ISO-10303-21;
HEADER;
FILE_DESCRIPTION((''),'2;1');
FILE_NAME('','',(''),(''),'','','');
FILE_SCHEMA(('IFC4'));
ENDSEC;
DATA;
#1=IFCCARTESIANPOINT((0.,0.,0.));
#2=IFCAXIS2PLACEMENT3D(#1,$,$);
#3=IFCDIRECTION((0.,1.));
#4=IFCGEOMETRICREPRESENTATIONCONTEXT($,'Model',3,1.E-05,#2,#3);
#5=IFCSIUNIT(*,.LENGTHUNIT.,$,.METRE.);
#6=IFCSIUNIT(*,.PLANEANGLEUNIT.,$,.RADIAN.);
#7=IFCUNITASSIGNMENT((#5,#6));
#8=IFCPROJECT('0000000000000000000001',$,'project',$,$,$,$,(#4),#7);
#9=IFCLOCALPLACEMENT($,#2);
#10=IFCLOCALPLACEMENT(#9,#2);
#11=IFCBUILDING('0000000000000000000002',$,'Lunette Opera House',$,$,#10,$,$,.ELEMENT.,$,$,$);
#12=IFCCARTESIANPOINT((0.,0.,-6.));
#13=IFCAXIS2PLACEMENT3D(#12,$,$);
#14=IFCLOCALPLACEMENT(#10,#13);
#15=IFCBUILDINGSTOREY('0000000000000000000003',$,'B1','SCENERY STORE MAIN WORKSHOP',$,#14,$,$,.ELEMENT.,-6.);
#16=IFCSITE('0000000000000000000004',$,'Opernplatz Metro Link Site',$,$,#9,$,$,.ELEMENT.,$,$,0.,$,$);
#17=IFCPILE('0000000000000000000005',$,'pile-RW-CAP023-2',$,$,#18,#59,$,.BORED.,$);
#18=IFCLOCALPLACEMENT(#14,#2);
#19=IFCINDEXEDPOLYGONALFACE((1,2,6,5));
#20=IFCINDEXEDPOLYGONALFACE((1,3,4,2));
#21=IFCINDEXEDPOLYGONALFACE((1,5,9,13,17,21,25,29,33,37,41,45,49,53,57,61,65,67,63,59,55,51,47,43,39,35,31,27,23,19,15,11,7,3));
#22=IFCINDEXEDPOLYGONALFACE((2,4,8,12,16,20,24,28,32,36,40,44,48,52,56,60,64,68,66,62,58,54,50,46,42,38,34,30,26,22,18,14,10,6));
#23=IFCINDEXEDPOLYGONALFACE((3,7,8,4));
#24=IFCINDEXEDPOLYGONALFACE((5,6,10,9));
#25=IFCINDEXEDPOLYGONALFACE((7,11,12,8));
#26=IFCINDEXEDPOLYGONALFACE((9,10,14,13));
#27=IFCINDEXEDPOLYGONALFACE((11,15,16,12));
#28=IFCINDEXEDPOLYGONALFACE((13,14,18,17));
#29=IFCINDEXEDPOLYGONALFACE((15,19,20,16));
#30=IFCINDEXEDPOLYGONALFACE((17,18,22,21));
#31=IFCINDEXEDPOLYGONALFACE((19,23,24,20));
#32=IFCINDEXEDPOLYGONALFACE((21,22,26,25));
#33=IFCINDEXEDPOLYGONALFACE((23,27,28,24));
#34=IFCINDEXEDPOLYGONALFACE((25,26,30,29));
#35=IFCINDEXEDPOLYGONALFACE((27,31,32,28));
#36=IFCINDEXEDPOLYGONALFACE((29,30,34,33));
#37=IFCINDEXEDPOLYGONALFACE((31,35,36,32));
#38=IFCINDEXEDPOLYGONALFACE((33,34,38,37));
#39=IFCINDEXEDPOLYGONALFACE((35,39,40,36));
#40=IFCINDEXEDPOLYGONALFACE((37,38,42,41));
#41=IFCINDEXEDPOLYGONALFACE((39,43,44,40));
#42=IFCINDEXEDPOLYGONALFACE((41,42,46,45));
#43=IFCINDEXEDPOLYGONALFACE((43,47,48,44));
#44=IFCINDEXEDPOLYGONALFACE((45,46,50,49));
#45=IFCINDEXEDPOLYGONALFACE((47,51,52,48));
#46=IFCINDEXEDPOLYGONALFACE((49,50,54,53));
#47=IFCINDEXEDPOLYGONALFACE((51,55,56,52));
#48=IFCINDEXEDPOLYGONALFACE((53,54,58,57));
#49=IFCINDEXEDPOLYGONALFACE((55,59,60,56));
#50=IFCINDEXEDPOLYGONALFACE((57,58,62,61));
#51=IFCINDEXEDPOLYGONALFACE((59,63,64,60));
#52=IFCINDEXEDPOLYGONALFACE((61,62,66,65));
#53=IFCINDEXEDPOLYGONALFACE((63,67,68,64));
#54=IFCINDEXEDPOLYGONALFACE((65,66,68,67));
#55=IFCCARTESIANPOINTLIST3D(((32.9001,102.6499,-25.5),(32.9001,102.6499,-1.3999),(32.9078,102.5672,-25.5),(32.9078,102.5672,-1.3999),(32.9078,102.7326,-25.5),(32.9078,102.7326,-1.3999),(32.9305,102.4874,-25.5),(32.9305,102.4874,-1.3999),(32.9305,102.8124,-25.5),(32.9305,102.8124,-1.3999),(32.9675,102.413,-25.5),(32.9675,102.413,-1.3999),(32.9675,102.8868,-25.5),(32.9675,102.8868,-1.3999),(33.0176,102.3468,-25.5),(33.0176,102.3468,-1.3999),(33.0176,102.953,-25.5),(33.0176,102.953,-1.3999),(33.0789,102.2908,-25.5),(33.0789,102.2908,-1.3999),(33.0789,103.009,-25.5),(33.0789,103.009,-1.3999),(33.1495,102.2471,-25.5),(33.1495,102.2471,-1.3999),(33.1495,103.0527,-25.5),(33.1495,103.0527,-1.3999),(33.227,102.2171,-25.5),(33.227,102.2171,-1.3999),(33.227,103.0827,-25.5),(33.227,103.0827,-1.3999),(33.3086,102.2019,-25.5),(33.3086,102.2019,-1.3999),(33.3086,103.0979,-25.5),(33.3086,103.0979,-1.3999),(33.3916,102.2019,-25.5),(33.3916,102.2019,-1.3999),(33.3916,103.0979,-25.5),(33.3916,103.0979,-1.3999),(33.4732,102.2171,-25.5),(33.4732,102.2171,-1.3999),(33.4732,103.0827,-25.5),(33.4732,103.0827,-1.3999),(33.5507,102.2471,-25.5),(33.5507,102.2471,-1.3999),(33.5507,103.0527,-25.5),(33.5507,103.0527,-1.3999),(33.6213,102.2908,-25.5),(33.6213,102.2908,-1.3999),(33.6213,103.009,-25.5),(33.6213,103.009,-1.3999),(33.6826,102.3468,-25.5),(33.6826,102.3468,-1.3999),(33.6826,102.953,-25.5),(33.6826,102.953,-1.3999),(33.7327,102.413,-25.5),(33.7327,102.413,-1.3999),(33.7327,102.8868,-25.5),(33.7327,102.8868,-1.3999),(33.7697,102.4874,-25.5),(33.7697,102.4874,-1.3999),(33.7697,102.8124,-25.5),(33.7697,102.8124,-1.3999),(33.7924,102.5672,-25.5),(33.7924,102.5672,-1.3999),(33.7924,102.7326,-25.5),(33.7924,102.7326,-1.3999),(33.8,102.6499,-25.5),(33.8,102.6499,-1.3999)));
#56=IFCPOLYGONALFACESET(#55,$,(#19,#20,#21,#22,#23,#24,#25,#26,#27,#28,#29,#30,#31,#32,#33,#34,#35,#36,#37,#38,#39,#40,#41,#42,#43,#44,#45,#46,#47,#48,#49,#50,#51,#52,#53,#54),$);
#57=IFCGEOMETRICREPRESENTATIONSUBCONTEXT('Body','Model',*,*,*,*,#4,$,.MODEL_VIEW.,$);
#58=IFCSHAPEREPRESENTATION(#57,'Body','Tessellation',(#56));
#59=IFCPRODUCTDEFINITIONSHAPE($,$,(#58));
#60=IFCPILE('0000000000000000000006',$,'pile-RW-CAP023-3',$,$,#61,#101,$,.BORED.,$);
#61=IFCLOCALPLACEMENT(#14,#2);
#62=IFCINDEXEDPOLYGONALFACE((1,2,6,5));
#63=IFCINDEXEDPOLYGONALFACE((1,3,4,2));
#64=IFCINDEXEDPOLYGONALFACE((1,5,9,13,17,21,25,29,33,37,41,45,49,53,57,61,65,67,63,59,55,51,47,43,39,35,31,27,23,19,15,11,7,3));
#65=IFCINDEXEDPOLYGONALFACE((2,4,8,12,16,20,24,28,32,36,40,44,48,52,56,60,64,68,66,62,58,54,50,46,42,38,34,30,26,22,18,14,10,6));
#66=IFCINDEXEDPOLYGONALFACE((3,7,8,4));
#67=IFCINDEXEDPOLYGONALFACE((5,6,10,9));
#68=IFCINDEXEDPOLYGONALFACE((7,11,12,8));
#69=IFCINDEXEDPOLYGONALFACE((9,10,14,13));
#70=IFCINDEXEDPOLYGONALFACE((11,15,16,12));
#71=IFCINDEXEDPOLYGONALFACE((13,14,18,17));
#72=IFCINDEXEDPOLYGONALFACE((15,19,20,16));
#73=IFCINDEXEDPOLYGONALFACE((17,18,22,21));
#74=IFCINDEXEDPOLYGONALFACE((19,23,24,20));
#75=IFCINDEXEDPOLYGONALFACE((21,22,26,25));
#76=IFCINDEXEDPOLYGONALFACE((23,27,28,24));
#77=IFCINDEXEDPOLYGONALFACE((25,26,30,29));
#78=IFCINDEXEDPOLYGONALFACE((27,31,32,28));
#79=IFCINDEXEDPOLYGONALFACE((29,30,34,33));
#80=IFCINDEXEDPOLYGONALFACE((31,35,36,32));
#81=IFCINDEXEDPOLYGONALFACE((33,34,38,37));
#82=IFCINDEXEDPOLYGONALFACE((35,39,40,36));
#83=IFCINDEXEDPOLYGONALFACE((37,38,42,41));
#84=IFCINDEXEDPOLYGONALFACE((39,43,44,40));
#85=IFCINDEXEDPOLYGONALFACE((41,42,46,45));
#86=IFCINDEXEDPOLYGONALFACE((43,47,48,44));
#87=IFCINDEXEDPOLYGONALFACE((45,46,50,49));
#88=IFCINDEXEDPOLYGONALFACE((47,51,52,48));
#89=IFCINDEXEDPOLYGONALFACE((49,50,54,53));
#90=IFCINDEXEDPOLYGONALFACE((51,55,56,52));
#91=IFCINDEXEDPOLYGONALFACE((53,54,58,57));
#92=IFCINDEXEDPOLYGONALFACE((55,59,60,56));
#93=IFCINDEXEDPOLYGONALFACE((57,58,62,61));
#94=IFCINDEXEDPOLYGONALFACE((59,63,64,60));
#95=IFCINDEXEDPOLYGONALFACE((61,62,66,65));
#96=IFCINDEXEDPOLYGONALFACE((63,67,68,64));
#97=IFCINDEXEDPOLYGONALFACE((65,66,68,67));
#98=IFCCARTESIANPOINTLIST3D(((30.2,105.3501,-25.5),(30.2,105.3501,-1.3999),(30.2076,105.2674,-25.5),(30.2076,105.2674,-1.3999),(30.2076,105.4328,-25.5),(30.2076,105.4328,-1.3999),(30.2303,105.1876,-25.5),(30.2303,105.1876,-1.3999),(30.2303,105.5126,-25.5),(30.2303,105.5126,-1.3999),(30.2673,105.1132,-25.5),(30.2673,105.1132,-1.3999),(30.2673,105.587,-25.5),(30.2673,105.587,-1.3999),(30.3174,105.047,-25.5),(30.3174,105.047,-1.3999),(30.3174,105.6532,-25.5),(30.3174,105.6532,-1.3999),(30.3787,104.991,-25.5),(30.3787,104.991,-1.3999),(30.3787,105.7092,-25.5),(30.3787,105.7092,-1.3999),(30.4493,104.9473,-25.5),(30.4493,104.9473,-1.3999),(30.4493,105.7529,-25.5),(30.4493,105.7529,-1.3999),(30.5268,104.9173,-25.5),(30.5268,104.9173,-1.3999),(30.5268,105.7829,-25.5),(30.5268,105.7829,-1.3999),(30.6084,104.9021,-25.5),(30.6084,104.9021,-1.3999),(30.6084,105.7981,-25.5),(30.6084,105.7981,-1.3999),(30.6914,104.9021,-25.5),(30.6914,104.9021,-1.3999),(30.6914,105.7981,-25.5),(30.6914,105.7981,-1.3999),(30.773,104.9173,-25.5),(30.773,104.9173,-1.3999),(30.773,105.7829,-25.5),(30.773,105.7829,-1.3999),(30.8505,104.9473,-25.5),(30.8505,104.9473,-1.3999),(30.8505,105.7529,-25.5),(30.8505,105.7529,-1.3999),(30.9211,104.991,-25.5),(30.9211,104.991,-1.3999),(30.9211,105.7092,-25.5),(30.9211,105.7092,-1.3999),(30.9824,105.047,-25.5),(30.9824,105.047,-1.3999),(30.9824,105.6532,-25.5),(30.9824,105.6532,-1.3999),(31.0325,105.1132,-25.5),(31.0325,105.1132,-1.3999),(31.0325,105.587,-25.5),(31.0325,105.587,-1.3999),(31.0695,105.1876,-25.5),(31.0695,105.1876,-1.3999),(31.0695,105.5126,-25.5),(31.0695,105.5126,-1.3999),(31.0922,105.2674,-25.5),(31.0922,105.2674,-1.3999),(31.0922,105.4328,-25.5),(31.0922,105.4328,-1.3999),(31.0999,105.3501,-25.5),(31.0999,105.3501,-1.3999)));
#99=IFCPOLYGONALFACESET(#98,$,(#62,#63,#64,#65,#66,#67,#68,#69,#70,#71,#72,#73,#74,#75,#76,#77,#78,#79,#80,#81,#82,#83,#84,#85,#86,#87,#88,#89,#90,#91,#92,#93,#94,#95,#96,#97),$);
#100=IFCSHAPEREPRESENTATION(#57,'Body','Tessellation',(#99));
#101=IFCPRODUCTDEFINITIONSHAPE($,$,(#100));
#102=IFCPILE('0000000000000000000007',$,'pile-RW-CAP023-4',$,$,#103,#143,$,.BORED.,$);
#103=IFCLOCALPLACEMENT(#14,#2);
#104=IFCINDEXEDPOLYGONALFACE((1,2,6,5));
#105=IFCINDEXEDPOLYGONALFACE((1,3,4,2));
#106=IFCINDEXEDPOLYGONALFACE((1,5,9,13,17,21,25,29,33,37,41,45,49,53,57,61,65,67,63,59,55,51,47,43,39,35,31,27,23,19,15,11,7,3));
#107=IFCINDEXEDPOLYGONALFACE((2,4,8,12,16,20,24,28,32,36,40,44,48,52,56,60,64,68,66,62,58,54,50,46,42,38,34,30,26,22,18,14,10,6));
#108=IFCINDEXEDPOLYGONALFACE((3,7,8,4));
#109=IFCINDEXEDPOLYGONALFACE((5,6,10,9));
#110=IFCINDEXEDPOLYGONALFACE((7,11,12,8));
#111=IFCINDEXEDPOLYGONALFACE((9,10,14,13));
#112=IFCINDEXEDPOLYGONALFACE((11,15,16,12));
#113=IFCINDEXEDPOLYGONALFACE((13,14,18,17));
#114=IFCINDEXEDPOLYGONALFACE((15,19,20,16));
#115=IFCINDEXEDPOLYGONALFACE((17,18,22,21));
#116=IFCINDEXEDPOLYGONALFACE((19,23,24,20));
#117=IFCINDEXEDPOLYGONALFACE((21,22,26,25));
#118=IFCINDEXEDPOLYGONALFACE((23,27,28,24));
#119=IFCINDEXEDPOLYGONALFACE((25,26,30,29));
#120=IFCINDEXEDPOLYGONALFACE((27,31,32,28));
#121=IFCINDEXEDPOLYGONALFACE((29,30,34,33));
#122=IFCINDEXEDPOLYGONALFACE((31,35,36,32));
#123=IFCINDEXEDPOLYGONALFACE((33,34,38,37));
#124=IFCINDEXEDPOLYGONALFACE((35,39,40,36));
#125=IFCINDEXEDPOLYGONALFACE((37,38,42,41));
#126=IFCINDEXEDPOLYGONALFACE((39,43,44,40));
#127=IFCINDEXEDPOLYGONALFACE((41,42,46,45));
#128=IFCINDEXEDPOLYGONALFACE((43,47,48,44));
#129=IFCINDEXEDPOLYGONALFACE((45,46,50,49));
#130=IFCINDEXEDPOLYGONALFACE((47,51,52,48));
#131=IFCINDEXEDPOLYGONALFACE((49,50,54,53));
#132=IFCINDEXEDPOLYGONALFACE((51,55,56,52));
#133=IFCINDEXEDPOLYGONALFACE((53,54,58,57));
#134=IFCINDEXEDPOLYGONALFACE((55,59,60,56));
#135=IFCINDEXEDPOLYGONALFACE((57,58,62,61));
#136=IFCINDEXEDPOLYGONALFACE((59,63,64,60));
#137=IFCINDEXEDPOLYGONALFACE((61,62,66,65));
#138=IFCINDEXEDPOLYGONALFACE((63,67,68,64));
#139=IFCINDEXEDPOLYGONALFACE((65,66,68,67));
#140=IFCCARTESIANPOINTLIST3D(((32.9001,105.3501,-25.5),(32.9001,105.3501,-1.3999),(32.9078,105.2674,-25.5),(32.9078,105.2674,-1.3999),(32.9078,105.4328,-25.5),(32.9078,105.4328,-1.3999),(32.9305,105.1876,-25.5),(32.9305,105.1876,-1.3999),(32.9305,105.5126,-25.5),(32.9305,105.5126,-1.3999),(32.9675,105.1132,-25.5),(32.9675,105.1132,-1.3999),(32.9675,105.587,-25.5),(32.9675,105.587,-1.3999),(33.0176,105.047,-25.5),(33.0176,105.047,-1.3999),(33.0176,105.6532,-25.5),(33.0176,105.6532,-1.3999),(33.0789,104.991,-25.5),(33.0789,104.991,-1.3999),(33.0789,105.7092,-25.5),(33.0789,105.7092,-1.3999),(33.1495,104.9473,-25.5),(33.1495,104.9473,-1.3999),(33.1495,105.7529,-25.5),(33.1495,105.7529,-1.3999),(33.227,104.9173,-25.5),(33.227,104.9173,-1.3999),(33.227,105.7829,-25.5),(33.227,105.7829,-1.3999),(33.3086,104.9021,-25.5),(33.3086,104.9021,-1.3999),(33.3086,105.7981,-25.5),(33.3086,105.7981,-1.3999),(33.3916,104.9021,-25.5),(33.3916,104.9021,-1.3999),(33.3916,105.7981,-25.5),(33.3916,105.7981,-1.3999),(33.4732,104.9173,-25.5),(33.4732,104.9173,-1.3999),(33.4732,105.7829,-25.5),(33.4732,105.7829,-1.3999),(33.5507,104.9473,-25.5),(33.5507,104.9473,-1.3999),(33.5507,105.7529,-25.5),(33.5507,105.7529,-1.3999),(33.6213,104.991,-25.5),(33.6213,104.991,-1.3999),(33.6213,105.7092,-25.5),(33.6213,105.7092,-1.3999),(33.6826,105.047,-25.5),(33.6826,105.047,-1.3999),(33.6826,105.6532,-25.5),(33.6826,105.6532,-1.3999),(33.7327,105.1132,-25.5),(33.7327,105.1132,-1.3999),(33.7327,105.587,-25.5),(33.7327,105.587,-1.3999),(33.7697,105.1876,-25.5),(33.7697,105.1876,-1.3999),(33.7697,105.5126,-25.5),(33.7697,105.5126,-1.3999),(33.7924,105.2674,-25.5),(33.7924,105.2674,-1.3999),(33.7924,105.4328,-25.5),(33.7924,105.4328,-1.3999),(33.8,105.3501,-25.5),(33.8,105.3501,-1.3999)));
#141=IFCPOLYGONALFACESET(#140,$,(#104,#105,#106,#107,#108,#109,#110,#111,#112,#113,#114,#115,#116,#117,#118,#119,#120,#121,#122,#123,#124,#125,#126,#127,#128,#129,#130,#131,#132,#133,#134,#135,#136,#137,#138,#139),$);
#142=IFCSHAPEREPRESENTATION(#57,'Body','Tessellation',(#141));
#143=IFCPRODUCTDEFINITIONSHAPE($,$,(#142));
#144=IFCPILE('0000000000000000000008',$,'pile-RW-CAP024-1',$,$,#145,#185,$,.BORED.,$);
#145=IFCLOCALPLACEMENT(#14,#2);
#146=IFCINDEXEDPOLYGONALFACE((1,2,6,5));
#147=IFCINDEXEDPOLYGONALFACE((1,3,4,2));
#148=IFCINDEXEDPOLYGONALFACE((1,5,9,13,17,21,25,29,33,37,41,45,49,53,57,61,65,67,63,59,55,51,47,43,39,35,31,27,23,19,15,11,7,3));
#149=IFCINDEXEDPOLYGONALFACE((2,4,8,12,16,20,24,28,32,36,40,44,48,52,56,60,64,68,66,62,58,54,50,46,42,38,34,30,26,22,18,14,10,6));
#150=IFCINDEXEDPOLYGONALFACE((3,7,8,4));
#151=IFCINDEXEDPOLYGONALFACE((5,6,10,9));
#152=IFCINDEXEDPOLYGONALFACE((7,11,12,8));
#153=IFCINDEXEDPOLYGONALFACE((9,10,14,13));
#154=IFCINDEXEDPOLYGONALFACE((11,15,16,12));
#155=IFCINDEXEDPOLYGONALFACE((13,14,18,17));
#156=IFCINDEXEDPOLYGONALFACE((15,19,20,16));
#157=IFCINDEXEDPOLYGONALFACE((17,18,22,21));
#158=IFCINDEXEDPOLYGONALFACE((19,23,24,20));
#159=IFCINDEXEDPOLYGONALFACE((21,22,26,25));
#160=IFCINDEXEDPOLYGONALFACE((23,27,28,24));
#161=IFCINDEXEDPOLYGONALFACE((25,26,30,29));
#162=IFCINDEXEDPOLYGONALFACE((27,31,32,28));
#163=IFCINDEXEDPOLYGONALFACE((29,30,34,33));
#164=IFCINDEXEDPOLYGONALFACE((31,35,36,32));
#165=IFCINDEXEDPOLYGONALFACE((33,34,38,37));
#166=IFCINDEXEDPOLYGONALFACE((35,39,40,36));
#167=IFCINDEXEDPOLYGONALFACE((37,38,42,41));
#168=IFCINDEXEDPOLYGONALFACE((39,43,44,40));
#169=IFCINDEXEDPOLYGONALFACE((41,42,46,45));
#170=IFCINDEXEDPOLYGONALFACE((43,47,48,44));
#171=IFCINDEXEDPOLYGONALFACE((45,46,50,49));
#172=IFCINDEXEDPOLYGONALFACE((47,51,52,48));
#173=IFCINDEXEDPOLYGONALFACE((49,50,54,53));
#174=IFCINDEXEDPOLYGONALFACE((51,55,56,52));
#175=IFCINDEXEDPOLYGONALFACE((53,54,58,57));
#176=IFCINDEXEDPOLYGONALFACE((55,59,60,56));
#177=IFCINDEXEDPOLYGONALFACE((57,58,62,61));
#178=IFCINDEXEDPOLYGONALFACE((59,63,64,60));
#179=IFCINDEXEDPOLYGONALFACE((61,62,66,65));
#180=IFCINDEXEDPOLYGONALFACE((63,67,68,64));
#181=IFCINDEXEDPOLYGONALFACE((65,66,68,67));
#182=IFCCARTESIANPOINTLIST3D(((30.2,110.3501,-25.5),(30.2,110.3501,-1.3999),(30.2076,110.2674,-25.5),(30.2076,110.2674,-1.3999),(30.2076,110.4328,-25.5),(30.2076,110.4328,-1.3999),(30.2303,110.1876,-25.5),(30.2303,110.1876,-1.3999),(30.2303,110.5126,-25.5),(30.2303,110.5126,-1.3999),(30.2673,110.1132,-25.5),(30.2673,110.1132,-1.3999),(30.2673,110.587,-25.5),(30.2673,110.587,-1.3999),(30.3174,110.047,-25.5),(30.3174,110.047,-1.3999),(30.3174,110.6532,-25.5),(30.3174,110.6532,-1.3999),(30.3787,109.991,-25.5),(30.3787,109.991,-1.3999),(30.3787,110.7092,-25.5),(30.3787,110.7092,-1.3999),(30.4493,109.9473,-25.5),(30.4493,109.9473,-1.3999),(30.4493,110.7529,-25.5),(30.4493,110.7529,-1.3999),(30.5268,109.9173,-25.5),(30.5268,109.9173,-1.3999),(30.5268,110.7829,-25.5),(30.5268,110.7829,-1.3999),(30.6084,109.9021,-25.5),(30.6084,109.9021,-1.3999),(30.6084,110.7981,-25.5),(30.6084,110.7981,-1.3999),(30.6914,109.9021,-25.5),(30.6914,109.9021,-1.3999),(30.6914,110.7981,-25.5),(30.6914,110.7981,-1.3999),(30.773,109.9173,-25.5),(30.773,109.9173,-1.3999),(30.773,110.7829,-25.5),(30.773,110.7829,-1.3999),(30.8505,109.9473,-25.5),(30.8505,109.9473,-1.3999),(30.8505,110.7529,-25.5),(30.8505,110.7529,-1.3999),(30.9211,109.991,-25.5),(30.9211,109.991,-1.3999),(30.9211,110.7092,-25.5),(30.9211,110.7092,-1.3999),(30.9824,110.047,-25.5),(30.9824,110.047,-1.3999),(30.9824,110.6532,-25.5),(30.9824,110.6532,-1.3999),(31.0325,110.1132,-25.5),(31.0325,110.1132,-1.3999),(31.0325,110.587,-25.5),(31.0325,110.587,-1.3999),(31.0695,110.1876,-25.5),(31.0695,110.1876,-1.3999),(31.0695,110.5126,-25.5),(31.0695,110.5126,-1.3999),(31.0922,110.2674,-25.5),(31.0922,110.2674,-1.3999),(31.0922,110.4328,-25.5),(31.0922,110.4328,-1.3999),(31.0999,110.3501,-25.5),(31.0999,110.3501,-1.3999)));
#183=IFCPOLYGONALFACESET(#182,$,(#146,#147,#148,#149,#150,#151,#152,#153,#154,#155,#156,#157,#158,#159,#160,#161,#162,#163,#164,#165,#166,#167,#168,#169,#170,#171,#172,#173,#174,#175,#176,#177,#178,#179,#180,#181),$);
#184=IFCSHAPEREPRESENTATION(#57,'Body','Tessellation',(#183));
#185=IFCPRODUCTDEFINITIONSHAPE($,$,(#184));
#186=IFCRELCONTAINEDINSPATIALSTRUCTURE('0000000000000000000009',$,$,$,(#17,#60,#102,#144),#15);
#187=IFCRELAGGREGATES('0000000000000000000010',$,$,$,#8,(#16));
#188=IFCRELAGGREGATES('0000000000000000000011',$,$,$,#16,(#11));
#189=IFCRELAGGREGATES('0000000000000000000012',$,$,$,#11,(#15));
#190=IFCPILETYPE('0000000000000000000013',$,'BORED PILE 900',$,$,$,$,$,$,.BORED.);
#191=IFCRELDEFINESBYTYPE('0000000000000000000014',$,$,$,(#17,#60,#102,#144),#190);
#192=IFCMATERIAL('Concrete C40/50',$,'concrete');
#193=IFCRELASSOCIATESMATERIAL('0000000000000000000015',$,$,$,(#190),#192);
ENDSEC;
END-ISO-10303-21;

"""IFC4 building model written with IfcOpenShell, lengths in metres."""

from ifc_helpers import new_model, si_unit, direction, frame, origin, origin_2d, place, context, subcontext, project, spatial, circle, extrude, material, material_profile, profile_set, type_object, element, save


model = new_model("IFC4")

# Units and contexts
model_context = context("Model", 3, precision=1e-05, world=origin(), true_north=direction((0.0, 1.0)))
body_context = subcontext(model_context, "Body", "Model", "MODEL_VIEW")
ifc_project = project(units=[si_unit("LENGTHUNIT", "METRE"), si_unit("PLANEANGLEUNIT", "RADIAN")], contexts=[model_context])

# Site, building, storey
site_placement = place(None, origin())
site = spatial("IfcSite", under=ifc_project, at=site_placement, Name="Opernplatz Metro Link Site", CompositionType="ELEMENT", RefElevation=0.0)
building_placement = place(site_placement, origin())
building = spatial("IfcBuilding", under=site, at=building_placement, Name="Lunette Opera House", CompositionType="ELEMENT")
storey_placement = place(building_placement, frame((0.0, 0.0, -6.0)))
storey = spatial("IfcBuildingStorey", under=building, at=storey_placement, Name="B1", Description="SCENERY STORE MAIN WORKSHOP", CompositionType="ELEMENT", Elevation=-6.0)

# Piles
ifc_material_1 = material(Name="Concrete C40/50", Category="concrete")
ifc_material_profile_1 = material_profile(ifc_material_1, circle(Radius=0.45, at=origin_2d()), Name="BORED PILE 900")
ifc_profile_set_1 = profile_set([ifc_material_profile_1], Name="Concrete C40/50")
pile_type = type_object("IfcPileType", Name="BORED PILE 900", PredefinedType="BORED", material=ifc_profile_set_1)
for number, where, z_axis, x_axis, name in (
    (1, (33.3501, 102.6499, -1.3999), (0.0, 0.0, -1.0), (1.0, 0.0, 0.0), "pile-RW-CAP023-2"),
    (2, (30.6499, 105.3501, -1.3999), (0.0, 0.0, -1.0), (1.0, 0.0, 0.0), "pile-RW-CAP023-3"),
    (3, (33.3501, 105.3501, -1.3999), (0.0, 0.0, -1.0), (1.0, 0.0, 0.0), "pile-RW-CAP023-4"),
    (4, (30.6499, 110.3501, -1.3999), (0.0, 0.0, -1.0), (1.0, 0.0, 0.0), "pile-RW-CAP024-1"),
):
    element("IfcPile", number, at=place(storey_placement, frame(where, z_axis=z_axis, x_axis=x_axis)), inside=storey, type_object=pile_type, Name=name, PredefinedType="BORED", context=body_context, shape_type="SweptSolid", body=[
        extrude(circle(Radius=0.45, at=origin_2d()), origin(), (0.0, 0.0, 1.0), 24.1001),
    ])

save(model, "model.ifc")
